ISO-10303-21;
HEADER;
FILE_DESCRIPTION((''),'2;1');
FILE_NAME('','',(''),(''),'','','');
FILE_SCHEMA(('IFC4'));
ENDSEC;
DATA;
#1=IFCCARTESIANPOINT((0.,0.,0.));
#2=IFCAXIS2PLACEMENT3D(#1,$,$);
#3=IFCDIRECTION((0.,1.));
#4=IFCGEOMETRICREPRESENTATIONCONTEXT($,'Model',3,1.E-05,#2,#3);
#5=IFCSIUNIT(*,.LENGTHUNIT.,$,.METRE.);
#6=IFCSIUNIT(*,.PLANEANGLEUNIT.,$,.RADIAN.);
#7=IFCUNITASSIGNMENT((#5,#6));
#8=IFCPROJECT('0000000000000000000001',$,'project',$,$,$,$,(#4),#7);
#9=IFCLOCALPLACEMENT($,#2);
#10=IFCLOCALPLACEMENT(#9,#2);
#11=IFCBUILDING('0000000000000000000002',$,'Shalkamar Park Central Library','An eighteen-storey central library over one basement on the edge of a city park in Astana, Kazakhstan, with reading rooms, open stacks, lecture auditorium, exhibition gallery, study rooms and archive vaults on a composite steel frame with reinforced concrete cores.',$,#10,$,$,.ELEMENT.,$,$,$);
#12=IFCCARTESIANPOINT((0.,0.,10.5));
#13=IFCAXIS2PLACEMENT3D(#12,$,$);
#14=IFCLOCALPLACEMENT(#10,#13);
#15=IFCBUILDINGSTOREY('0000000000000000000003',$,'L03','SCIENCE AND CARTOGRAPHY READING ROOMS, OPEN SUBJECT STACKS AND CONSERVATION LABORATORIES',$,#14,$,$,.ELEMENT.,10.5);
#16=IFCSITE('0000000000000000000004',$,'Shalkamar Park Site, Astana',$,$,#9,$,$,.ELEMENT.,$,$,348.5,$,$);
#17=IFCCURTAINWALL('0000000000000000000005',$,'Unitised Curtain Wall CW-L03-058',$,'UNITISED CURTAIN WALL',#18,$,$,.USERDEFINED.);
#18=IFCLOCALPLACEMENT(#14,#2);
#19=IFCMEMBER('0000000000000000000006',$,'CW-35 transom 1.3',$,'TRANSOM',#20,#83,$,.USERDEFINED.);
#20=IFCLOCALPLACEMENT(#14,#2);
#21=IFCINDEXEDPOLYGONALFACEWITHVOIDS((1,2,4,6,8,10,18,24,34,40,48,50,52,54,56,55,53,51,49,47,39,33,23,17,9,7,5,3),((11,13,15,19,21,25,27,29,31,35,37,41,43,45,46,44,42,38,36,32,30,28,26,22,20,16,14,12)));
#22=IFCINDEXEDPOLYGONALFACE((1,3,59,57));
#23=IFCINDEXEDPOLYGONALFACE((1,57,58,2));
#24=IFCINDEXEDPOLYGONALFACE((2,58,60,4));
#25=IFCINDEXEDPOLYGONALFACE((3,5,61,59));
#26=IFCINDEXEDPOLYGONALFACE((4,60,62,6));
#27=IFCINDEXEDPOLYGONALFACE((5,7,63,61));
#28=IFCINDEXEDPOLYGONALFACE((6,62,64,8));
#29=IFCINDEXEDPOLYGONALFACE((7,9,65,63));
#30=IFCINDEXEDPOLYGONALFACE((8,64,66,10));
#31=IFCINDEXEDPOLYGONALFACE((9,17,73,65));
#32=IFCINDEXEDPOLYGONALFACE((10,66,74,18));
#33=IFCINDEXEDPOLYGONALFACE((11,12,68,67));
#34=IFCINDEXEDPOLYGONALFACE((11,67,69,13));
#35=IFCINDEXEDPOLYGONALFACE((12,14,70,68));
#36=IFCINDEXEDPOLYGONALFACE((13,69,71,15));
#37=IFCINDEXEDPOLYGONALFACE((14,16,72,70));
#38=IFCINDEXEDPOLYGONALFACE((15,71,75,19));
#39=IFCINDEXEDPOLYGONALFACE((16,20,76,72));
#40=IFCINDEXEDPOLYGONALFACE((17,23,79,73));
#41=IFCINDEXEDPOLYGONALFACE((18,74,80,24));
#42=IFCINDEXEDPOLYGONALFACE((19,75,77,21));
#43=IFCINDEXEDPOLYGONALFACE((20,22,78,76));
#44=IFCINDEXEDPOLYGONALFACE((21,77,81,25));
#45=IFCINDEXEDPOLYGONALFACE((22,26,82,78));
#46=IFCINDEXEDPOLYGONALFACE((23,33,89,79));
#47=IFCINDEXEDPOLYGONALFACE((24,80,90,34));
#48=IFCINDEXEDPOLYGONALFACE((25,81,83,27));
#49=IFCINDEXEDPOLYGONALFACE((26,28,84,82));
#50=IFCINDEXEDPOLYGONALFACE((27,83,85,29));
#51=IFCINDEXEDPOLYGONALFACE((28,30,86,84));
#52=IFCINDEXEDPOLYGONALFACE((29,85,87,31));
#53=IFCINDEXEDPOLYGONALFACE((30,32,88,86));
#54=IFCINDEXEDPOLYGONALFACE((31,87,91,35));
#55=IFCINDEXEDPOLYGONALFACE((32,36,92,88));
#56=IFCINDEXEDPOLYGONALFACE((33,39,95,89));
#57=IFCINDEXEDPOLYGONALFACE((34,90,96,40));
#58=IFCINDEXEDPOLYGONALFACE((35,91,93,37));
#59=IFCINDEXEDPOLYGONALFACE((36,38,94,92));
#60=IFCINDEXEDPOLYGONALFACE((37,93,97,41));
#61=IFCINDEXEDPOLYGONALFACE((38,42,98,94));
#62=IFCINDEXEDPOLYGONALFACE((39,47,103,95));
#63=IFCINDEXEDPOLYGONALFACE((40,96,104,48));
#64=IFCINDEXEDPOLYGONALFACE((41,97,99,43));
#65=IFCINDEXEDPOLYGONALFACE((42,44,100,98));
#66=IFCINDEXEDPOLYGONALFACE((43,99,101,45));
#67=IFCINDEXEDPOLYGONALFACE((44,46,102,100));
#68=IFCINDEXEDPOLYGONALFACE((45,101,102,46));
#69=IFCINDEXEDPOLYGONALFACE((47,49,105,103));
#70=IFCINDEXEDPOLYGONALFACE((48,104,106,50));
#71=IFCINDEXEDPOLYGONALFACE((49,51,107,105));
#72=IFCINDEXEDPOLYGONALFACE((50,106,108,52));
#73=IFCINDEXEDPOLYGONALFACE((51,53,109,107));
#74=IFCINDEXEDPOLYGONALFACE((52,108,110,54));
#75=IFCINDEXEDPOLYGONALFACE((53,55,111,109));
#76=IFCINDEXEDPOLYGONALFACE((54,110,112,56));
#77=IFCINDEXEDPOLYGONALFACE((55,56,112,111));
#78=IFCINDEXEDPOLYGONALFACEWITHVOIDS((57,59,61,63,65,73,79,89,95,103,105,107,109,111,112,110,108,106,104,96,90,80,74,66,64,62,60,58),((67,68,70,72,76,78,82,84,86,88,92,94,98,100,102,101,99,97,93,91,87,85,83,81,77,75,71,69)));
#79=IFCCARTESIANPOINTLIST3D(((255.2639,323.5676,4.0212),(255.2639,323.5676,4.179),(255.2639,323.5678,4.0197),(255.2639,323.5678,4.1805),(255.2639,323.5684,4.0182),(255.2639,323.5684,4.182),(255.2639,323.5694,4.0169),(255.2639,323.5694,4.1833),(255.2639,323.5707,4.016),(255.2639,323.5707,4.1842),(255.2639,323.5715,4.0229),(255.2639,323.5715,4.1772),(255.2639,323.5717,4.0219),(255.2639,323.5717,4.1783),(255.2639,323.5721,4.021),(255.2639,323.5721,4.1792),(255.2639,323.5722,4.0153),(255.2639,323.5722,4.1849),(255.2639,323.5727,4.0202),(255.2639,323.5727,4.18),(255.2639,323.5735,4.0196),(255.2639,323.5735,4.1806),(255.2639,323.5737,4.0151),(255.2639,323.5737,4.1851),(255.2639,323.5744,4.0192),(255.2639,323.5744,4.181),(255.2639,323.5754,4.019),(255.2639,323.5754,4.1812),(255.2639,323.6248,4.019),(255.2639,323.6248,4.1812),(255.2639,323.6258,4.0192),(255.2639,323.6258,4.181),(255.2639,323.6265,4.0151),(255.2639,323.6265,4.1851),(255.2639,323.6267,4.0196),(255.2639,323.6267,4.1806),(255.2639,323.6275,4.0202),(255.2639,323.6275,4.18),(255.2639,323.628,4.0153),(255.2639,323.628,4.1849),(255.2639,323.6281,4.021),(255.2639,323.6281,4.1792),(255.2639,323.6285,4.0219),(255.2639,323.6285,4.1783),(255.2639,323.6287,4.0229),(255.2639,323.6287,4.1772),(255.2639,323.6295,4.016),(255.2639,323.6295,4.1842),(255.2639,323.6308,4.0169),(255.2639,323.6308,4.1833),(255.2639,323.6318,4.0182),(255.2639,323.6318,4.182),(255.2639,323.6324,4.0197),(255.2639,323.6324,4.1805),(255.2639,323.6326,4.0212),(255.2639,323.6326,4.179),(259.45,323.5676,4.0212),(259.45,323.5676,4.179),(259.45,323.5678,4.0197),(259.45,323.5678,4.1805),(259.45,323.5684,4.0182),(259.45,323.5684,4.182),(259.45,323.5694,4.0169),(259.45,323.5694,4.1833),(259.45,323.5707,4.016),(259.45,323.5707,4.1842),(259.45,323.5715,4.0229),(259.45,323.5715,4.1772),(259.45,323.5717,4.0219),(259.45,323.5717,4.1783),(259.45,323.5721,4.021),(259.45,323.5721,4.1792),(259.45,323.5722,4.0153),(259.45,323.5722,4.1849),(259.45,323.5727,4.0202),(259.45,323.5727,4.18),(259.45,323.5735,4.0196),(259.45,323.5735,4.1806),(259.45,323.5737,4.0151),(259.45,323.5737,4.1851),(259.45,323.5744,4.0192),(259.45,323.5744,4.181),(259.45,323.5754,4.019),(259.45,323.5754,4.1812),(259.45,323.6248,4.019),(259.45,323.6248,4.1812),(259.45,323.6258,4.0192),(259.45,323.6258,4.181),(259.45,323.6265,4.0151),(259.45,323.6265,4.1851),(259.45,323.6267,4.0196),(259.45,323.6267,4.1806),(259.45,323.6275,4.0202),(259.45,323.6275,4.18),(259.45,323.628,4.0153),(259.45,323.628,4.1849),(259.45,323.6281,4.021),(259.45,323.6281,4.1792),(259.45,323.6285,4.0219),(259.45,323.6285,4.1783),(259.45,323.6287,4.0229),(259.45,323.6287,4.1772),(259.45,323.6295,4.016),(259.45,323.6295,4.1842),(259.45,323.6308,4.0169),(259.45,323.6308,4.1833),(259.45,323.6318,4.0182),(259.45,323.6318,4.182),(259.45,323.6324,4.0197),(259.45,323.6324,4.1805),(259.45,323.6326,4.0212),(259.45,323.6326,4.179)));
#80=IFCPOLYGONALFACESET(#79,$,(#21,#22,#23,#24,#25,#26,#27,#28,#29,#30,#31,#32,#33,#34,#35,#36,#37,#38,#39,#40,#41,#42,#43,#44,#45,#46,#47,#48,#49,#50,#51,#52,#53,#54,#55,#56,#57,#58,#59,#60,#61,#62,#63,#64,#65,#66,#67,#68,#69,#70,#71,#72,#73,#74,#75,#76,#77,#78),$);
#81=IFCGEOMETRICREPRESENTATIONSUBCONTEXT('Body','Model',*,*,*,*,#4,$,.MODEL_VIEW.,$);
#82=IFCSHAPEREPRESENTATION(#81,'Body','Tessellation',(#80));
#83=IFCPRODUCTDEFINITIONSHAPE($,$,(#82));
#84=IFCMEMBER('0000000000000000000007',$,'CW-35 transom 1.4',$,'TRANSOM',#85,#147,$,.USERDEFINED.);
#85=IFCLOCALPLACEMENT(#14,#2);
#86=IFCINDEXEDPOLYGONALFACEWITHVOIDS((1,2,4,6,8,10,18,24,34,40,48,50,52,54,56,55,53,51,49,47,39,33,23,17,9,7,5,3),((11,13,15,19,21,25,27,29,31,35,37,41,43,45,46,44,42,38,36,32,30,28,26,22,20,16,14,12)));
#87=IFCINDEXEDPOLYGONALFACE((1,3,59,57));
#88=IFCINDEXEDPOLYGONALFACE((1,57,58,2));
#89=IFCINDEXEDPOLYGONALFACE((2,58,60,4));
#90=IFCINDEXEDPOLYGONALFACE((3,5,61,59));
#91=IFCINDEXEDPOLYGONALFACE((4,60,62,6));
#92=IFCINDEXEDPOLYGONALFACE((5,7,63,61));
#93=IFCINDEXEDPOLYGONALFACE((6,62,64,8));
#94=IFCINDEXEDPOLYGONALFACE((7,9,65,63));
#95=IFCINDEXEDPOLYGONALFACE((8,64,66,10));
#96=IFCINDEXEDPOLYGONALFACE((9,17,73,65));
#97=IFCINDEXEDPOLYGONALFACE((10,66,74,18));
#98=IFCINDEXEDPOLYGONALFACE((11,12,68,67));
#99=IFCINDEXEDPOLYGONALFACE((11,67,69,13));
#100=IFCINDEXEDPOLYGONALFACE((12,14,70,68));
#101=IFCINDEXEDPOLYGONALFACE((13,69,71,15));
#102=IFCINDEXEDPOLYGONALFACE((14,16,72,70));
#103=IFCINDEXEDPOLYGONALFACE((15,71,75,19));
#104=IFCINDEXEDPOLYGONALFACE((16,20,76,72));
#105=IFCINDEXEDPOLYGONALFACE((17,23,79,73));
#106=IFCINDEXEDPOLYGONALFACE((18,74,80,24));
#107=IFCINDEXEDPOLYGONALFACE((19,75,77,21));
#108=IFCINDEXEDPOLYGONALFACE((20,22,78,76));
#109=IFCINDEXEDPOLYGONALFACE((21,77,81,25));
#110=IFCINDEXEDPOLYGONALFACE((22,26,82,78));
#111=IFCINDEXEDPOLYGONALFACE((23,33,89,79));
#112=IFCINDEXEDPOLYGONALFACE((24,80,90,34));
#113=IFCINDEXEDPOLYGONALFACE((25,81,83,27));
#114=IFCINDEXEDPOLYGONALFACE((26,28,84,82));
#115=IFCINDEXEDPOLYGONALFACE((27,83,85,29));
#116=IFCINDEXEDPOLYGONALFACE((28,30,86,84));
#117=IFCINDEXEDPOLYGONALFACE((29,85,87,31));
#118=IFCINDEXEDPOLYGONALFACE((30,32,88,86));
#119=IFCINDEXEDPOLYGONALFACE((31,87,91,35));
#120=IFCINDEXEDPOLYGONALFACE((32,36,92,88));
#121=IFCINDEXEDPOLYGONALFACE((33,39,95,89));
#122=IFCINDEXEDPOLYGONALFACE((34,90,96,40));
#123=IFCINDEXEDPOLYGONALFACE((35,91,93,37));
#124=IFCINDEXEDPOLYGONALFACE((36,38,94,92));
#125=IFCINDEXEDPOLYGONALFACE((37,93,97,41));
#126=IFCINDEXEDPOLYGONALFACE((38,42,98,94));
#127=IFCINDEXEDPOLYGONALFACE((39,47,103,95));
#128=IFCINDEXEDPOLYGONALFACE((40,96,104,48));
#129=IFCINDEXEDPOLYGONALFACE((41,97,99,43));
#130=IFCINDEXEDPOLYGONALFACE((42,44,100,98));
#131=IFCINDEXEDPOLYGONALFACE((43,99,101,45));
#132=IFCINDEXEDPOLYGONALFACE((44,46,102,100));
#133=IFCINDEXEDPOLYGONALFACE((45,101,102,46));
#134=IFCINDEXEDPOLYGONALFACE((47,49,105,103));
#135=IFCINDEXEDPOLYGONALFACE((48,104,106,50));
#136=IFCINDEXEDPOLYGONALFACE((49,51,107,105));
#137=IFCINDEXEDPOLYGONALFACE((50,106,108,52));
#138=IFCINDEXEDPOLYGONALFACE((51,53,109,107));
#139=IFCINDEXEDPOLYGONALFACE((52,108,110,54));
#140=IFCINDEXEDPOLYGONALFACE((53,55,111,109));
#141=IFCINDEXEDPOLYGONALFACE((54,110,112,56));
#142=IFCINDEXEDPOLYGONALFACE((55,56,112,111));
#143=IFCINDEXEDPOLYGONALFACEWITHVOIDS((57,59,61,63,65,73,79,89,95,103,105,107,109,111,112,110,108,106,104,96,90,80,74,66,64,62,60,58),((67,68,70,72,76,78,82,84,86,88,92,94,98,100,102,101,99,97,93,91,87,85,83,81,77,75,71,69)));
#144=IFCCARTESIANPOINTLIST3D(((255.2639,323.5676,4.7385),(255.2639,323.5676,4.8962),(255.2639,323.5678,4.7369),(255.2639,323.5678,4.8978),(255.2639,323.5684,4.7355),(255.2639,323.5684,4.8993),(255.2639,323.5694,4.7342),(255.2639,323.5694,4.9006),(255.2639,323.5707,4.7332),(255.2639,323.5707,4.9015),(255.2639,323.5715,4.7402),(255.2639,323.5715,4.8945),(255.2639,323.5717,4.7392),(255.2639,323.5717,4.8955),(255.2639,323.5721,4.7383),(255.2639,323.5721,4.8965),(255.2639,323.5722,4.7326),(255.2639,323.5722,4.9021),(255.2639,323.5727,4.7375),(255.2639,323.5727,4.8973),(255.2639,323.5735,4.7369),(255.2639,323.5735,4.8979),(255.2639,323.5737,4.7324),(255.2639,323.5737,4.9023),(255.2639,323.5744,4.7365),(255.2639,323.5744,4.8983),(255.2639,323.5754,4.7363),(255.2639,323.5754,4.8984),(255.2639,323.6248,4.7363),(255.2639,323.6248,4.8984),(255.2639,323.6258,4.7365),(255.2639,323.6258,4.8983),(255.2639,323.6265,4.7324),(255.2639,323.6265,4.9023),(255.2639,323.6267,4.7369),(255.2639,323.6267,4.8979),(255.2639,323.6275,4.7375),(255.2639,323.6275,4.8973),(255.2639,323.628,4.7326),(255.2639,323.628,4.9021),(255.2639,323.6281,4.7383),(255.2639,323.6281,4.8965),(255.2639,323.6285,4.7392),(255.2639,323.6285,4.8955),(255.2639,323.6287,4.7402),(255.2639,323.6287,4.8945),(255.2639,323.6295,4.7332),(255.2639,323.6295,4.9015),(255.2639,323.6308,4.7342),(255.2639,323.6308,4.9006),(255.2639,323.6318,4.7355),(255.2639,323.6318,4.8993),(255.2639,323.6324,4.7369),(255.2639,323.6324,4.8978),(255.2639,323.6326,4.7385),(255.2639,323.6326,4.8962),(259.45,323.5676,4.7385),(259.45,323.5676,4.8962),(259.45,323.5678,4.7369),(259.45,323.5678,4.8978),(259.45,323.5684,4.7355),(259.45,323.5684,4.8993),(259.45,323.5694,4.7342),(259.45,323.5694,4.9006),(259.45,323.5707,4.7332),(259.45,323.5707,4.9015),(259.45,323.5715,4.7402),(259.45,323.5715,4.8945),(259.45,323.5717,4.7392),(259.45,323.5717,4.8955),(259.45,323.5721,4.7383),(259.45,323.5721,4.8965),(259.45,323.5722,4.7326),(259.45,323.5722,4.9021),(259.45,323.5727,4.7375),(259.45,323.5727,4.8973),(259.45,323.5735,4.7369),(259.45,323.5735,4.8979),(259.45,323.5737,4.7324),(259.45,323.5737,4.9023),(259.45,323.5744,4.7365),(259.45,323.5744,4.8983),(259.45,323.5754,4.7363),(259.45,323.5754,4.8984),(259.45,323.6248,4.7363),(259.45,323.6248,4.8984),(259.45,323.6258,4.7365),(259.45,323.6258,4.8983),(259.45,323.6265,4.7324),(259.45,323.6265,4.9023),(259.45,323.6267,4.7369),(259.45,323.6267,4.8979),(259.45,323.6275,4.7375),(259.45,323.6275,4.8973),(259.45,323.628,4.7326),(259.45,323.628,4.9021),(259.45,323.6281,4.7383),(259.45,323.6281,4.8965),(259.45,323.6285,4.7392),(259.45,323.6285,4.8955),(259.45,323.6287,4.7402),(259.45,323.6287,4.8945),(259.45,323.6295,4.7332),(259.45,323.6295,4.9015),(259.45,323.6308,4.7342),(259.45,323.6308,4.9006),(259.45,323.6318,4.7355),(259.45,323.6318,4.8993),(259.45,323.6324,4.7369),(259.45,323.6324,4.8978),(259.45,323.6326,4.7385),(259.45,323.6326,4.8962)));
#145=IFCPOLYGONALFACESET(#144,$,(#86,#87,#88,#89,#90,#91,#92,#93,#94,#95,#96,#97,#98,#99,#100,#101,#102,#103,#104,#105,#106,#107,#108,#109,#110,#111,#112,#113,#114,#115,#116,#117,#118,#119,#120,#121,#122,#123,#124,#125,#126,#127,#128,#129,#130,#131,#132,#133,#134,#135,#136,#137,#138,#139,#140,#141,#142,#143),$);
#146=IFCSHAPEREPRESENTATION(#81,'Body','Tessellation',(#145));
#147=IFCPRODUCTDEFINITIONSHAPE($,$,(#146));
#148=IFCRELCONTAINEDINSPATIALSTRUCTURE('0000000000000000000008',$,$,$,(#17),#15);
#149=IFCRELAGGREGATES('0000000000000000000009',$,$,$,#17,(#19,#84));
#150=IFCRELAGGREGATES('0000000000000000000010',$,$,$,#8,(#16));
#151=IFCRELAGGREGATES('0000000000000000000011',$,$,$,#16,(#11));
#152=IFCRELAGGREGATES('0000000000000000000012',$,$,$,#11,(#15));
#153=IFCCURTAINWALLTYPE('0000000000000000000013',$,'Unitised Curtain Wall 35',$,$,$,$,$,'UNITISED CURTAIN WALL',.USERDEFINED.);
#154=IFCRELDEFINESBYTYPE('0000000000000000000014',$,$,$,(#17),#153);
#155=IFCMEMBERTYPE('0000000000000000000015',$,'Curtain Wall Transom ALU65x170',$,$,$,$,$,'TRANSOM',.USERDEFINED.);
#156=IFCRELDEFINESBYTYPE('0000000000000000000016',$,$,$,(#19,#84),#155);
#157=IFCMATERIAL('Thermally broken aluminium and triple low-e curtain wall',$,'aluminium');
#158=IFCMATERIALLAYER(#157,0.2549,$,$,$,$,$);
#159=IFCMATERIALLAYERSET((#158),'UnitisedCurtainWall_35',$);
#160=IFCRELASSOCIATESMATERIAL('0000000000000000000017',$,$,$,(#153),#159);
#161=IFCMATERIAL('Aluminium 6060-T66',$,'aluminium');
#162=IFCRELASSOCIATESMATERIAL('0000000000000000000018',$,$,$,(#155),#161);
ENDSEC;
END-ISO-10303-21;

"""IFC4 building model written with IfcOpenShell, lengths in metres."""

from ifc_helpers import new_model, si_unit, direction, frame, origin, origin_2d, place, context, subcontext, project, spatial, hollow_rectangle, extrude, material, layer, layer_set, material_profile, profile_set, type_object, element, aggregate, save


model = new_model("IFC4")

# Units and contexts
model_context = context("Model", 3, precision=1e-05, world=origin(), true_north=direction((0.0, 1.0)))
body_context = subcontext(model_context, "Body", "Model", "MODEL_VIEW")
ifc_project = project(units=[si_unit("LENGTHUNIT", "METRE"), si_unit("PLANEANGLEUNIT", "RADIAN")], contexts=[model_context])

# Site, building, storey
site_placement = place(None, origin())
site = spatial("IfcSite", under=ifc_project, at=site_placement, Name="Shalkamar Park Site, Astana", CompositionType="ELEMENT", RefElevation=348.5)
building_placement = place(site_placement, origin())
building = spatial("IfcBuilding", under=site, at=building_placement, Name="Shalkamar Park Central Library", Description="An eighteen-storey central library over one basement on the edge of a city park in Astana, Kazakhstan, with reading rooms, open stacks, lecture auditorium, exhibition gallery, study rooms and archive vaults on a composite steel frame with reinforced concrete cores.", CompositionType="ELEMENT")
storey_placement = place(building_placement, frame((0.0, 0.0, 10.5)))
storey = spatial("IfcBuildingStorey", under=building, at=storey_placement, Name="L03", Description="SCIENCE AND CARTOGRAPHY READING ROOMS, OPEN SUBJECT STACKS AND CONSERVATION LABORATORIES", CompositionType="ELEMENT", Elevation=10.5)

# Shared definitions
ifc_material_1 = material(Name="Thermally broken aluminium and triple low-e curtain wall", Category="aluminium")
ifc_material_2 = material(Name="Aluminium 6060-T66", Category="aluminium")

# Curtain wall, members
ifc_layer_1 = layer(ifc_material_1, 0.2549)
ifc_layer_set_1 = layer_set([ifc_layer_1], Name="UnitisedCurtainWall_35")
curtain_wall_type_1 = type_object("IfcCurtainWallType", Name="Unitised Curtain Wall 35", ElementType="UNITISED CURTAIN WALL", PredefinedType="USERDEFINED", material=ifc_layer_set_1)
curtain_wall_1_placement = place(storey_placement, origin())
curtain_wall_1 = element("IfcCurtainWall", 1, at=curtain_wall_1_placement, inside=storey, type_object=curtain_wall_type_1, Name="Unitised Curtain Wall CW-L03-058", ObjectType="UNITISED CURTAIN WALL", PredefinedType="USERDEFINED")
ifc_material_profile_1 = material_profile(ifc_material_2, hollow_rectangle(XDim=0.0649, YDim=0.1699, WallThickness=0.0039, InnerFilletRadius=0.0039, OuterFilletRadius=0.0061, at=origin_2d()), Name="ALU 65x170x4")
ifc_profile_set_1 = profile_set([ifc_material_profile_1], Name="Aluminium 6060-T66")
member_type_1 = type_object("IfcMemberType", Name="Curtain Wall Transom ALU65x170", ElementType="TRANSOM", PredefinedType="USERDEFINED", material=ifc_profile_set_1)
member_1_placement = place(storey_placement, frame((255.2639, 323.6001, 4.1001), z_axis=(1.0, 0.0, 0.0), x_axis=(0.0, 1.0, 0.0)))
member_1 = element("IfcMember", 2, at=member_1_placement, type_object=member_type_1, Name="CW-35 transom 1.3", ObjectType="TRANSOM", PredefinedType="USERDEFINED", context=body_context, shape_type="SweptSolid", body=[
    extrude(hollow_rectangle(XDim=0.0649, YDim=0.1699, WallThickness=0.0039, InnerFilletRadius=0.0039, OuterFilletRadius=0.0061, at=origin_2d()), origin(), (0.0, 0.0, 1.0), 4.186),
])
member_2_placement = place(storey_placement, frame((255.2639, 323.6001, 4.8174), z_axis=(1.0, 0.0, 0.0), x_axis=(0.0, 1.0, 0.0)))
member_2 = element("IfcMember", 3, at=member_2_placement, type_object=member_type_1, Name="CW-35 transom 1.4", ObjectType="TRANSOM", PredefinedType="USERDEFINED", context=body_context, shape_type="SweptSolid", body=[
    extrude(hollow_rectangle(XDim=0.0649, YDim=0.1699, WallThickness=0.0039, InnerFilletRadius=0.0039, OuterFilletRadius=0.0061, at=origin_2d()), origin(), (0.0, 0.0, 1.0), 4.186),
])

aggregate(curtain_wall_1, [member_1, member_2])

save(model, "model.ifc")
